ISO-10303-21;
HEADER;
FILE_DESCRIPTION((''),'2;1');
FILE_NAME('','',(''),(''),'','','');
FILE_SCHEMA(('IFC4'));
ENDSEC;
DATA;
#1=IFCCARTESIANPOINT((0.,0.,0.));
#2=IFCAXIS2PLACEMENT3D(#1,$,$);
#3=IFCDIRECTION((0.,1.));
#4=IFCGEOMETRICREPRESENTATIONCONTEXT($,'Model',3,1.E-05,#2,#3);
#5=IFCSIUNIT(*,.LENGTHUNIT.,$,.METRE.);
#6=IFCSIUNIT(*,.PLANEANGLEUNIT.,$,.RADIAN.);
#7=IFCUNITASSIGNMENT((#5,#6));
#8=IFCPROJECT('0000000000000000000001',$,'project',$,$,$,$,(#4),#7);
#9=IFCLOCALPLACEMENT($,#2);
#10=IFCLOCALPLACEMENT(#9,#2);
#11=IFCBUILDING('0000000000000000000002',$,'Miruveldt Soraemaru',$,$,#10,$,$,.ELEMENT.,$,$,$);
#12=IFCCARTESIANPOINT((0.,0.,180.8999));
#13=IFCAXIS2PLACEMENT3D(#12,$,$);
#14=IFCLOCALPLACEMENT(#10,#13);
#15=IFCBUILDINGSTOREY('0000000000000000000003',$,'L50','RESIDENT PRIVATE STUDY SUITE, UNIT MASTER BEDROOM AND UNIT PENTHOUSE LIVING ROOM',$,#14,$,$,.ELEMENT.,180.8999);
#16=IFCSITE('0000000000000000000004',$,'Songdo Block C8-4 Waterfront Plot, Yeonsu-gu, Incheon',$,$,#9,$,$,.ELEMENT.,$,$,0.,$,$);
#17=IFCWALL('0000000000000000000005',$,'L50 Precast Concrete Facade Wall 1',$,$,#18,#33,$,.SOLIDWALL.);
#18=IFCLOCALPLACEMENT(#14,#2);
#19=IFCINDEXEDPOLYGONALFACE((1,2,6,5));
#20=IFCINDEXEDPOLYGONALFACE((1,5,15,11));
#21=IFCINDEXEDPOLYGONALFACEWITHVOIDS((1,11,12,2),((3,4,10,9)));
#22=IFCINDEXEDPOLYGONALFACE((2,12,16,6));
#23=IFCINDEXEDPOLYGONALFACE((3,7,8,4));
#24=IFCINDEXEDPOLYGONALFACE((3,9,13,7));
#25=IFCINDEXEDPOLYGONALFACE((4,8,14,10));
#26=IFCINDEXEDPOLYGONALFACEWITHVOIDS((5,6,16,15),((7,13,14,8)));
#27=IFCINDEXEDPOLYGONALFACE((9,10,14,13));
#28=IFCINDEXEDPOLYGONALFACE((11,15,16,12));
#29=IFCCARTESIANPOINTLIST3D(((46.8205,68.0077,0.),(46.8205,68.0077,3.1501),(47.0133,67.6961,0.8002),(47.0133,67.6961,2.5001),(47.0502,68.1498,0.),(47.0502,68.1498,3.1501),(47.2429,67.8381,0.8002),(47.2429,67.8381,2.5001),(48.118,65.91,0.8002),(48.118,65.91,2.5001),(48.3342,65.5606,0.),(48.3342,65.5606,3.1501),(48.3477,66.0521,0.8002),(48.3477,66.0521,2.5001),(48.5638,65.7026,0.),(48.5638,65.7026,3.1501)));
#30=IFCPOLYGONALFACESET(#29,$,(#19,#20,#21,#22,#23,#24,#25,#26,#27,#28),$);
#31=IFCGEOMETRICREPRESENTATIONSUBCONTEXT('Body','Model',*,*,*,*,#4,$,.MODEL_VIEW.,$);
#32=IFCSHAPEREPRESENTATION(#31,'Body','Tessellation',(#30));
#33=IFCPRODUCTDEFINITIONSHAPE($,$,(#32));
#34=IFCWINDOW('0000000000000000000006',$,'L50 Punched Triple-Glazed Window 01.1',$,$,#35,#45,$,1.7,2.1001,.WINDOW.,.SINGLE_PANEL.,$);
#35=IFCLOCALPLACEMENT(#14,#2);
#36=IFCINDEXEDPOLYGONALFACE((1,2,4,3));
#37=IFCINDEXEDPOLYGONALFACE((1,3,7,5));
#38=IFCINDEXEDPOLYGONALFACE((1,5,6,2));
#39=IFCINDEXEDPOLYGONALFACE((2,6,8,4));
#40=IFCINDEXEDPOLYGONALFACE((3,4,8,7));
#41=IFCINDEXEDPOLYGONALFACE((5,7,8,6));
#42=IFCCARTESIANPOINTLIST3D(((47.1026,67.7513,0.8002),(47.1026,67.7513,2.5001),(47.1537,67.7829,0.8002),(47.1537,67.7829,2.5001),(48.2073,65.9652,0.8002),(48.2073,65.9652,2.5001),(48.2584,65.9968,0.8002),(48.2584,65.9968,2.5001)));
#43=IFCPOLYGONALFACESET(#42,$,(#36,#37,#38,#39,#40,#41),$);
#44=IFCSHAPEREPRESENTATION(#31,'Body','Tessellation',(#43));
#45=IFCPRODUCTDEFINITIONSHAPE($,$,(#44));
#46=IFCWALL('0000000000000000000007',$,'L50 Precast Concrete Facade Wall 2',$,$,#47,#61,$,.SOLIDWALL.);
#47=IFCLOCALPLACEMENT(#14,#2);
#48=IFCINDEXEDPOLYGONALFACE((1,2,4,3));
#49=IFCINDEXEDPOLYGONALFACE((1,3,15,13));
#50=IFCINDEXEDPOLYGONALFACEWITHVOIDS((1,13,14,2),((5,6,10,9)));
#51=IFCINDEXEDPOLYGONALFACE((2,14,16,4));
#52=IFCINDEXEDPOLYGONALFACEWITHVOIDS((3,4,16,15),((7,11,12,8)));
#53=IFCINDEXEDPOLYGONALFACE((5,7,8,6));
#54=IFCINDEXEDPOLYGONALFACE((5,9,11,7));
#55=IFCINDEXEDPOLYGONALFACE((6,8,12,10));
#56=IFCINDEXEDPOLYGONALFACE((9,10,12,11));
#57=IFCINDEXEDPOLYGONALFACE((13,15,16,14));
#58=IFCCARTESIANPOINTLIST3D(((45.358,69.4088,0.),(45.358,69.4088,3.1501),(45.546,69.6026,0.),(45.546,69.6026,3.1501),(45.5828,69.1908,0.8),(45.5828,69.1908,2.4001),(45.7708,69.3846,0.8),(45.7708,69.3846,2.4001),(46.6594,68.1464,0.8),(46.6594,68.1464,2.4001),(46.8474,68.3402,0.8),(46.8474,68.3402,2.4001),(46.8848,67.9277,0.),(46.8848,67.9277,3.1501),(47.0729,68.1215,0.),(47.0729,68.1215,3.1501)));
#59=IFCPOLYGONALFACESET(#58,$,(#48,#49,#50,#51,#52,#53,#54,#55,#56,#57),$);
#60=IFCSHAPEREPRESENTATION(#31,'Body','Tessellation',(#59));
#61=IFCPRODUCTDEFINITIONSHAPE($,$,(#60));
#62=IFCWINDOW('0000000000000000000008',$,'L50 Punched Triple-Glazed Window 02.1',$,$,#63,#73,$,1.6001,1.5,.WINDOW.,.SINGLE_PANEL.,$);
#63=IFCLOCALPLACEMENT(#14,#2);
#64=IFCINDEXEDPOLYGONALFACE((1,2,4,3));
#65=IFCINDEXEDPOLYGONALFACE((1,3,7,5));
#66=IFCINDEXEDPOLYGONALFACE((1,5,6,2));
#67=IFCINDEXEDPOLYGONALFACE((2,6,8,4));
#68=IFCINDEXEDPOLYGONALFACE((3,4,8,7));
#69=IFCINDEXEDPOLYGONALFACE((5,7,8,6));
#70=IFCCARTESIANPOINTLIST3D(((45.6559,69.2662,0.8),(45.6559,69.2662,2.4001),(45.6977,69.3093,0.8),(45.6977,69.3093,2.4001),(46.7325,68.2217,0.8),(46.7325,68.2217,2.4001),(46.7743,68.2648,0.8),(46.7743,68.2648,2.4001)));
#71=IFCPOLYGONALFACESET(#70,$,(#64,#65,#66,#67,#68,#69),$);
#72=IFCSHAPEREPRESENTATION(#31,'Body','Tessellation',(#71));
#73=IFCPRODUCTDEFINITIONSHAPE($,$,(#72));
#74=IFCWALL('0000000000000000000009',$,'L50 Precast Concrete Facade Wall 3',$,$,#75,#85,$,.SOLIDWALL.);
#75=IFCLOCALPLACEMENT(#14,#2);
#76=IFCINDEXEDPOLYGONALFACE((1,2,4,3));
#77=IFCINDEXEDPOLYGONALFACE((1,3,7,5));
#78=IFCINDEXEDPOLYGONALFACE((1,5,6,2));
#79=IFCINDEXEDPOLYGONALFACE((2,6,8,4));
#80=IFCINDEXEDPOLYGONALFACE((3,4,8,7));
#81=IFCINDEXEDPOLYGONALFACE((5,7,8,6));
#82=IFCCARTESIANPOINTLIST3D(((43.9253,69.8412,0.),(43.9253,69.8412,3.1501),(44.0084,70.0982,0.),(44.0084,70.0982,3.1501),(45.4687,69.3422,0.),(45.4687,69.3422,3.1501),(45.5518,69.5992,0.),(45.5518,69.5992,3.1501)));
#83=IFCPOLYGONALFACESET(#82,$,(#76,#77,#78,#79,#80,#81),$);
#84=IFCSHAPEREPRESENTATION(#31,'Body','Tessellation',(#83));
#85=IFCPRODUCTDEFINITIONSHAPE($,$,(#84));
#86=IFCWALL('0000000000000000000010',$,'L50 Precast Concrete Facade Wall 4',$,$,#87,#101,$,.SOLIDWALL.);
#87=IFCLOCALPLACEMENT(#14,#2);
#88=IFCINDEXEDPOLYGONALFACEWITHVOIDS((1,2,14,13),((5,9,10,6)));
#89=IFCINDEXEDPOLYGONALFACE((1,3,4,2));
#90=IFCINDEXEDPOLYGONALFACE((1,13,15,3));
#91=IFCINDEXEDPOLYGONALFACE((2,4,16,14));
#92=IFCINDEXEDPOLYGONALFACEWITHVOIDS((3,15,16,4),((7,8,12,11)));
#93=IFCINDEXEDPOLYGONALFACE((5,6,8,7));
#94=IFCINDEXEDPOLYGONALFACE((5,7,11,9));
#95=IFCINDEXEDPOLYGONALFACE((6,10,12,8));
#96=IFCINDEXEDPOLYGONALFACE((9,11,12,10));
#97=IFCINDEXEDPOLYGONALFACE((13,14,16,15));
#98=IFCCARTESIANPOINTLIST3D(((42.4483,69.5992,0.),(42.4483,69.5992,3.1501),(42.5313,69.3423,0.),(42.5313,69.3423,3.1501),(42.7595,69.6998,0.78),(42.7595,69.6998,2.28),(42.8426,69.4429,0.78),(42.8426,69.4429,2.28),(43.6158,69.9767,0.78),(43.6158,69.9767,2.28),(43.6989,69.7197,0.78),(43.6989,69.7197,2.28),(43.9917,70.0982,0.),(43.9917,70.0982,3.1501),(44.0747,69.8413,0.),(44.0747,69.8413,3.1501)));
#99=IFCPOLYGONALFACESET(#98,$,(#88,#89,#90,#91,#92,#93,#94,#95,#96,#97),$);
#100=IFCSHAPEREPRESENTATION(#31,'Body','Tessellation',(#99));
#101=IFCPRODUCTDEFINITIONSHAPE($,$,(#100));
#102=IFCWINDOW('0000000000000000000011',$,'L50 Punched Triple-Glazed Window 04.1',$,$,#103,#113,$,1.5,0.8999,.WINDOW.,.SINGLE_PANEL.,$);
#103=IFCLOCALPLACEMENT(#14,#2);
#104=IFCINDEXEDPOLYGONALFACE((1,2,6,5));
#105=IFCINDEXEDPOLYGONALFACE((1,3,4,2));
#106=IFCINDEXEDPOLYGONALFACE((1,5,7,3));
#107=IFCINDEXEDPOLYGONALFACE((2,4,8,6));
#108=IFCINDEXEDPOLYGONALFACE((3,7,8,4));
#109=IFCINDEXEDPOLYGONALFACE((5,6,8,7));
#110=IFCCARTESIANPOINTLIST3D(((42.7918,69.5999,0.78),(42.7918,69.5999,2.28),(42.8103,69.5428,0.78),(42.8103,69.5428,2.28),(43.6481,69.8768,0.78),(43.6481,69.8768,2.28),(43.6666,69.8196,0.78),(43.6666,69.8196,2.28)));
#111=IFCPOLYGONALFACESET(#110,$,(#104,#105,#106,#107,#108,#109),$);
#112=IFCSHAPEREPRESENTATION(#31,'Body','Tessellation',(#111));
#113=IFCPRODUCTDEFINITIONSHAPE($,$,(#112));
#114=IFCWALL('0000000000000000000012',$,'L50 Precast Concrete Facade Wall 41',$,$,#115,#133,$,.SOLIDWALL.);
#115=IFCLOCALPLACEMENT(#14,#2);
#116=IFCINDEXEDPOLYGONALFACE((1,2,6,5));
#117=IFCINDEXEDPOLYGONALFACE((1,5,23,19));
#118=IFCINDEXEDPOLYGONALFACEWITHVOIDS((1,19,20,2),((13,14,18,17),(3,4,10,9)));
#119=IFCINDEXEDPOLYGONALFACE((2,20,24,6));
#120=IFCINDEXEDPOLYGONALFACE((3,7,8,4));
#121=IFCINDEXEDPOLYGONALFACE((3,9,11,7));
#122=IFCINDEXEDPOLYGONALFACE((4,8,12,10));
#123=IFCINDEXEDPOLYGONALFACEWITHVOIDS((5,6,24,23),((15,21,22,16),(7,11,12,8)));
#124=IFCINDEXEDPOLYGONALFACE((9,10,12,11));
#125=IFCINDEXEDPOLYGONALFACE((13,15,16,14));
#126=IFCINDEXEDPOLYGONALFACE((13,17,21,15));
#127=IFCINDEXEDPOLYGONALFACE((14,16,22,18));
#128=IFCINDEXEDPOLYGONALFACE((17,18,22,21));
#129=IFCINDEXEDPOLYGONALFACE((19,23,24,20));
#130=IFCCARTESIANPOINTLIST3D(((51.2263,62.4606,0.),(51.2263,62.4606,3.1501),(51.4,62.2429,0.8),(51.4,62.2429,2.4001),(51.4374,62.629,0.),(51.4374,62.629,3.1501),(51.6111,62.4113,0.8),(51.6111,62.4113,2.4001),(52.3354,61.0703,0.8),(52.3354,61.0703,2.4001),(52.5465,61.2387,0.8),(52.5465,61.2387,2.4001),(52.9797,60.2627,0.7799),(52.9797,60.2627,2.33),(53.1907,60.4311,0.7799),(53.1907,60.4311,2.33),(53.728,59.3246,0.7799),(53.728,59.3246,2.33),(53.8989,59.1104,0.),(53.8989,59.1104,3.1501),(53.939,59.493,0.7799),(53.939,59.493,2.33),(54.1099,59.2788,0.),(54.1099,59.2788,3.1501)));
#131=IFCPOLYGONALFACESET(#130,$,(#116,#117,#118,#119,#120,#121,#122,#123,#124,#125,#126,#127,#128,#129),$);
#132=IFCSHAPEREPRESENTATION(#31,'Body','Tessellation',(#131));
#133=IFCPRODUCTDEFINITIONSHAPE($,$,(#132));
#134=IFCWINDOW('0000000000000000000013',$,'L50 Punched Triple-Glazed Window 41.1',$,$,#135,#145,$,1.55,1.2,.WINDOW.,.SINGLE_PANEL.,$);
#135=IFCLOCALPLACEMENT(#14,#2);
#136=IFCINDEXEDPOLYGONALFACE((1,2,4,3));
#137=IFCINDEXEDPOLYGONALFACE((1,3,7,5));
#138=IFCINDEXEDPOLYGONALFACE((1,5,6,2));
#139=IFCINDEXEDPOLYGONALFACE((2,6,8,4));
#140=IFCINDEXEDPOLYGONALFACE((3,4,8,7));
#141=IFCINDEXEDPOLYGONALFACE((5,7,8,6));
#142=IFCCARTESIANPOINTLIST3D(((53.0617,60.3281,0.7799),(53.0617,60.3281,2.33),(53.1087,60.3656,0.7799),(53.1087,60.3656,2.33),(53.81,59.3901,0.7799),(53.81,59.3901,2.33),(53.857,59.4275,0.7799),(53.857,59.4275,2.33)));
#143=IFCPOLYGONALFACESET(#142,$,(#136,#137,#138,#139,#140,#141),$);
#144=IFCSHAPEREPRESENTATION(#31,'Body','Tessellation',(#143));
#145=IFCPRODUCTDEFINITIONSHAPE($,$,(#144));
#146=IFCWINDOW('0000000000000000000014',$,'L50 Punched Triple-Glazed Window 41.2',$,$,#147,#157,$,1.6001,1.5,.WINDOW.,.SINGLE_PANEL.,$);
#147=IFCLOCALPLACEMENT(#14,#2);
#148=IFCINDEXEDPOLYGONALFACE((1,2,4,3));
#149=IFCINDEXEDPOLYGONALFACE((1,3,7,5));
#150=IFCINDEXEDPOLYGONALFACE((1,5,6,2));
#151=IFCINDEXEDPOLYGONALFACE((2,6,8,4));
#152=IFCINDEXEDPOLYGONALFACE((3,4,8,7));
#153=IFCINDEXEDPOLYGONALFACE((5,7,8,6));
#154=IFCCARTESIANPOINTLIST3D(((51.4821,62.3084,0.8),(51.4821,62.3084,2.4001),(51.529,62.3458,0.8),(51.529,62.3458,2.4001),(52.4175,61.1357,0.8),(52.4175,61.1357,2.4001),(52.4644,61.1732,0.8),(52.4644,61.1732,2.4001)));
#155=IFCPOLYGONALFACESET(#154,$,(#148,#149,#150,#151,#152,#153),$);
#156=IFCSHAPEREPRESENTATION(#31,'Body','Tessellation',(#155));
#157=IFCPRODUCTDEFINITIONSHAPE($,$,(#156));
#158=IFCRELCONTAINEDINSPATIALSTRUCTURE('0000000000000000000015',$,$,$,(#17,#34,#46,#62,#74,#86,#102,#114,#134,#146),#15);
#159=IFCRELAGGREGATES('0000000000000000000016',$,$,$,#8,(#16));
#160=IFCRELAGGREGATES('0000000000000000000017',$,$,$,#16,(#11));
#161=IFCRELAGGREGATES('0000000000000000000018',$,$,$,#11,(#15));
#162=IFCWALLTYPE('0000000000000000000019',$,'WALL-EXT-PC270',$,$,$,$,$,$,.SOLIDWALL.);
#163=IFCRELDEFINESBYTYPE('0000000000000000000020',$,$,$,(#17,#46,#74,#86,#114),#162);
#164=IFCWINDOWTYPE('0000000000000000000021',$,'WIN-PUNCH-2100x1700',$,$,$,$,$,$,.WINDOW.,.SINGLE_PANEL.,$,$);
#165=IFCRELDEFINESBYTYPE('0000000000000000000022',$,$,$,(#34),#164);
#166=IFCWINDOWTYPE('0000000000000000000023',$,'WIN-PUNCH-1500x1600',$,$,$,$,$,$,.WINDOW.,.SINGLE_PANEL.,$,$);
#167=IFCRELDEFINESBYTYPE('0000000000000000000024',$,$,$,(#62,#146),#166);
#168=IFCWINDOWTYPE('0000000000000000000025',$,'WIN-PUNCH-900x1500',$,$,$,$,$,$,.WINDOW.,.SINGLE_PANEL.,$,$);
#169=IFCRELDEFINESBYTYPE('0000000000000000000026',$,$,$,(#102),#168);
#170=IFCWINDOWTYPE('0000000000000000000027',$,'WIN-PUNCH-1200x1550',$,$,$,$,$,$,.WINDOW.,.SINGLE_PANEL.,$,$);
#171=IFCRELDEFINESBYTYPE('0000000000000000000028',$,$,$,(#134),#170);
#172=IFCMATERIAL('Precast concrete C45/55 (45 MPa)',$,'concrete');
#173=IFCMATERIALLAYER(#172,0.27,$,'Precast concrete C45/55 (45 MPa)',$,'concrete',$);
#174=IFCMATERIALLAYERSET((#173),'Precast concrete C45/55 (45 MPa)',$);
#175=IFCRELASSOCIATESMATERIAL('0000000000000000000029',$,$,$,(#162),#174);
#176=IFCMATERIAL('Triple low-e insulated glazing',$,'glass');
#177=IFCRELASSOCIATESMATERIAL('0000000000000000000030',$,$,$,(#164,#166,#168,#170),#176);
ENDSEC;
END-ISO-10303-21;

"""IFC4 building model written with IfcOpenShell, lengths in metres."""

from ifc_helpers import new_model, si_unit, direction, frame, frame_2d, origin, place, context, subcontext, project, spatial, rectangle, extrude, material, layer, layer_set, type_object, element, fill, save


model = new_model("IFC4")

# Units and contexts
model_context = context("Model", 3, precision=1e-05, world=origin(), true_north=direction((0.0, 1.0)))
body_context = subcontext(model_context, "Body", "Model", "MODEL_VIEW")
ifc_project = project(units=[si_unit("LENGTHUNIT", "METRE"), si_unit("PLANEANGLEUNIT", "RADIAN")], contexts=[model_context])

# Site, building, storey
site_placement = place(None, origin())
site = spatial("IfcSite", under=ifc_project, at=site_placement, Name="Songdo Block C8-4 Waterfront Plot, Yeonsu-gu, Incheon", CompositionType="ELEMENT", RefElevation=0.0)
building_placement = place(site_placement, origin())
building = spatial("IfcBuilding", under=site, at=building_placement, Name="Miruveldt Soraemaru", CompositionType="ELEMENT")
storey_placement = place(building_placement, frame((0.0, 0.0, 180.8999)))
storey = spatial("IfcBuildingStorey", under=building, at=storey_placement, Name="L50", Description="RESIDENT PRIVATE STUDY SUITE, UNIT MASTER BEDROOM AND UNIT PENTHOUSE LIVING ROOM", CompositionType="ELEMENT", Elevation=180.8999)

# Walls, openings, windows
ifc_material_1 = material(Name="Precast concrete C45/55 (45 MPa)", Category="concrete")
ifc_layer_1 = layer(ifc_material_1, 0.27, Name="Precast concrete C45/55 (45 MPa)", Category="concrete")
ifc_layer_set_1 = layer_set([ifc_layer_1], Name="Precast concrete C45/55 (45 MPa)")
wall_type_1 = type_object("IfcWallType", Name="WALL-EXT-PC270", PredefinedType="SOLIDWALL", material=ifc_layer_set_1)
wall_1_placement = place(storey_placement, frame((48.449, 65.6316, 0.0), z_axis=(0.0, 0.0, 1.0), x_axis=(-0.526027, 0.850468, 0.0)))
wall_1 = element("IfcWall", 1, at=wall_1_placement, inside=storey, type_object=wall_type_1, Name="L50 Precast Concrete Facade Wall 1", PredefinedType="SOLIDWALL", context=body_context, shape_type="SweptSolid", body=[
    extrude(rectangle(XDim=2.8774, YDim=0.27, at=frame_2d((1.4387, 0.0))), origin(), (0.0, 0.0, 1.0), 3.1501),
])
opening_1_placement = place(wall_1_placement, frame((0.4109, 0.0, 0.8)))
opening_1 = element("IfcOpeningElement", 2, at=opening_1_placement, cuts=wall_1, PredefinedType="OPENING", context=body_context, shape_type="SweptSolid", body=[
    extrude(rectangle(XDim=2.1001, YDim=1.7, at=frame_2d((1.05, 0.8501))), frame((0.0, 0.145, 0.0), z_axis=(0.0, -1.0, 0.0), x_axis=(1.0, 0.0, 0.0)), (0.0, 0.0, 1.0), 0.29),
])
ifc_material_2 = material(Name="Triple low-e insulated glazing", Category="glass")
window_type_1 = type_object("IfcWindowType", Name="WIN-PUNCH-2100x1700", PartitioningType="SINGLE_PANEL", PredefinedType="WINDOW", material=ifc_material_2)
window_1_placement = place(opening_1_placement, origin())
window_1 = element("IfcWindow", 3, at=window_1_placement, inside=storey, type_object=window_type_1, Name="L50 Punched Triple-Glazed Window 01.1", OverallHeight=1.7, OverallWidth=2.1001, PartitioningType="SINGLE_PANEL", PredefinedType="WINDOW", context=body_context, shape_type="SweptSolid", body=[
    extrude(rectangle(XDim=2.1001, YDim=1.7, at=frame_2d((1.05, 0.8501))), frame((0.0, 0.03, 0.0), z_axis=(0.0, -1.0, 0.0), x_axis=(1.0, 0.0, 0.0)), (0.0, 0.0, 1.0), 0.0601),
])
fill(opening_1, window_1)
wall_2_placement = place(storey_placement, frame((46.9788, 68.0247, 0.0), z_axis=(0.0, 0.0, 1.0), x_axis=(-0.717756, 0.696295, 0.0)))
wall_2 = element("IfcWall", 4, at=wall_2_placement, inside=storey, type_object=wall_type_1, Name="L50 Precast Concrete Facade Wall 2", PredefinedType="SOLIDWALL", context=body_context, shape_type="SweptSolid", body=[
    extrude(rectangle(XDim=2.1272, YDim=0.27, at=frame_2d((1.0635, 0.0))), origin(), (0.0, 0.0, 1.0), 3.1501),
])
opening_2_placement = place(wall_2_placement, frame((0.314, 0.0, 0.8)))
opening_2 = element("IfcOpeningElement", 5, at=opening_2_placement, cuts=wall_2, PredefinedType="OPENING", context=body_context, shape_type="SweptSolid", body=[
    extrude(rectangle(XDim=1.5, YDim=1.6001, at=frame_2d((0.75, 0.8))), frame((0.0, 0.145, 0.0), z_axis=(0.0, -1.0, 0.0), x_axis=(1.0, 0.0, 0.0)), (0.0, 0.0, 1.0), 0.29),
])
window_type_2 = type_object("IfcWindowType", Name="WIN-PUNCH-1500x1600", PartitioningType="SINGLE_PANEL", PredefinedType="WINDOW", material=ifc_material_2)
window_2_placement = place(opening_2_placement, origin())
window_2 = element("IfcWindow", 6, at=window_2_placement, inside=storey, type_object=window_type_2, Name="L50 Punched Triple-Glazed Window 02.1", OverallHeight=1.6001, OverallWidth=1.5, PartitioningType="SINGLE_PANEL", PredefinedType="WINDOW", context=body_context, shape_type="SweptSolid", body=[
    extrude(rectangle(XDim=1.5, YDim=1.6001, at=frame_2d((0.75, 0.8))), frame((0.0, 0.03, 0.0), z_axis=(0.0, -1.0, 0.0), x_axis=(1.0, 0.0, 0.0)), (0.0, 0.0, 1.0), 0.0601),
])
fill(opening_2, window_2)

# Wall
wall_3_placement = place(storey_placement, frame((45.5103, 69.4707, 0.0), z_axis=(0.0, 0.0, 1.0), x_axis=(-0.951504, 0.307636, 0.0)))
element("IfcWall", 7, at=wall_3_placement, inside=storey, type_object=wall_type_1, Name="L50 Precast Concrete Facade Wall 3", PredefinedType="SOLIDWALL", context=body_context, shape_type="SweptSolid", body=[
    extrude(rectangle(XDim=1.6221, YDim=0.27, at=frame_2d((0.811, 0.0))), origin(), (0.0, 0.0, 1.0), 3.1501),
])

# Wall, opening, window
wall_4_placement = place(storey_placement, frame((44.0332, 69.9697, 0.0), z_axis=(0.0, 0.0, 1.0), x_axis=(-0.951504, -0.307636, 0.0)))
wall_4 = element("IfcWall", 8, at=wall_4_placement, inside=storey, type_object=wall_type_1, Name="L50 Precast Concrete Facade Wall 4", PredefinedType="SOLIDWALL", context=body_context, shape_type="SweptSolid", body=[
    extrude(rectangle(XDim=1.6221, YDim=0.27, at=frame_2d((0.811, 0.0))), origin(), (0.0, 0.0, 1.0), 3.1501),
])
opening_3_placement = place(wall_4_placement, frame((0.395, 0.0, 0.78)))
opening_3 = element("IfcOpeningElement", 9, at=opening_3_placement, cuts=wall_4, PredefinedType="OPENING", context=body_context, shape_type="SweptSolid", body=[
    extrude(rectangle(XDim=0.8999, YDim=1.5, at=frame_2d((0.45, 0.75))), frame((0.0, 0.145, 0.0), z_axis=(0.0, -1.0, 0.0), x_axis=(1.0, 0.0, 0.0)), (0.0, 0.0, 1.0), 0.29),
])
window_type_3 = type_object("IfcWindowType", Name="WIN-PUNCH-900x1500", PartitioningType="SINGLE_PANEL", PredefinedType="WINDOW", material=ifc_material_2)
window_3_placement = place(opening_3_placement, origin())
window_3 = element("IfcWindow", 10, at=window_3_placement, inside=storey, type_object=window_type_3, Name="L50 Punched Triple-Glazed Window 04.1", OverallHeight=1.5, OverallWidth=0.8999, PartitioningType="SINGLE_PANEL", PredefinedType="WINDOW", context=body_context, shape_type="SweptSolid", body=[
    extrude(rectangle(XDim=0.8999, YDim=1.5, at=frame_2d((0.45, 0.75))), frame((0.0, 0.03, 0.0), z_axis=(0.0, -1.0, 0.0), x_axis=(1.0, 0.0, 0.0)), (0.0, 0.0, 1.0), 0.0601),
])
fill(opening_3, window_3)

# Wall, openings, windows
wall_5_placement = place(storey_placement, frame((54.0044, 59.1946, 0.0), z_axis=(0.0, 0.0, 1.0), x_axis=(-0.623604, 0.781741, 0.0)))
wall_5 = element("IfcWall", 11, at=wall_5_placement, inside=storey, type_object=wall_type_1, Name="L50 Precast Concrete Facade Wall 41", PredefinedType="SOLIDWALL", context=body_context, shape_type="SweptSolid", body=[
    extrude(rectangle(XDim=4.2856, YDim=0.27, at=frame_2d((2.1428, 0.0))), origin(), (0.0, 0.0, 1.0), 3.1501),
])
opening_4_placement = place(wall_5_placement, frame((0.2739, 0.0, 0.78)))
opening_4 = element("IfcOpeningElement", 12, at=opening_4_placement, cuts=wall_5, PredefinedType="OPENING", context=body_context, shape_type="SweptSolid", body=[
    extrude(rectangle(XDim=1.2, YDim=1.55, at=frame_2d((0.6001, 0.7749))), frame((0.0, 0.145, 0.0), z_axis=(0.0, -1.0, 0.0), x_axis=(1.0, 0.0, 0.0)), (0.0, 0.0, 1.0), 0.29),
])
opening_5_placement = place(wall_5_placement, frame((2.5071, 0.0, 0.8)))
opening_5 = element("IfcOpeningElement", 13, at=opening_5_placement, cuts=wall_5, PredefinedType="OPENING", context=body_context, shape_type="SweptSolid", body=[
    extrude(rectangle(XDim=1.5, YDim=1.6001, at=frame_2d((0.75, 0.8))), frame((0.0, 0.145, 0.0), z_axis=(0.0, -1.0, 0.0), x_axis=(1.0, 0.0, 0.0)), (0.0, 0.0, 1.0), 0.29),
])
window_type_4 = type_object("IfcWindowType", Name="WIN-PUNCH-1200x1550", PartitioningType="SINGLE_PANEL", PredefinedType="WINDOW", material=ifc_material_2)
window_4_placement = place(opening_4_placement, origin())
window_4 = element("IfcWindow", 14, at=window_4_placement, inside=storey, type_object=window_type_4, Name="L50 Punched Triple-Glazed Window 41.1", OverallHeight=1.55, OverallWidth=1.2, PartitioningType="SINGLE_PANEL", PredefinedType="WINDOW", context=body_context, shape_type="SweptSolid", body=[
    extrude(rectangle(XDim=1.2, YDim=1.55, at=frame_2d((0.6001, 0.7749))), frame((0.0, 0.03, 0.0), z_axis=(0.0, -1.0, 0.0), x_axis=(1.0, 0.0, 0.0)), (0.0, 0.0, 1.0), 0.0601),
])
fill(opening_4, window_4)
window_5_placement = place(opening_5_placement, origin())
window_5 = element("IfcWindow", 15, at=window_5_placement, inside=storey, type_object=window_type_2, Name="L50 Punched Triple-Glazed Window 41.2", OverallHeight=1.6001, OverallWidth=1.5, PartitioningType="SINGLE_PANEL", PredefinedType="WINDOW", context=body_context, shape_type="SweptSolid", body=[
    extrude(rectangle(XDim=1.5, YDim=1.6001, at=frame_2d((0.75, 0.8))), frame((0.0, 0.03, 0.0), z_axis=(0.0, -1.0, 0.0), x_axis=(1.0, 0.0, 0.0)), (0.0, 0.0, 1.0), 0.0601),
])
fill(opening_5, window_5)

save(model, "model.ifc")
